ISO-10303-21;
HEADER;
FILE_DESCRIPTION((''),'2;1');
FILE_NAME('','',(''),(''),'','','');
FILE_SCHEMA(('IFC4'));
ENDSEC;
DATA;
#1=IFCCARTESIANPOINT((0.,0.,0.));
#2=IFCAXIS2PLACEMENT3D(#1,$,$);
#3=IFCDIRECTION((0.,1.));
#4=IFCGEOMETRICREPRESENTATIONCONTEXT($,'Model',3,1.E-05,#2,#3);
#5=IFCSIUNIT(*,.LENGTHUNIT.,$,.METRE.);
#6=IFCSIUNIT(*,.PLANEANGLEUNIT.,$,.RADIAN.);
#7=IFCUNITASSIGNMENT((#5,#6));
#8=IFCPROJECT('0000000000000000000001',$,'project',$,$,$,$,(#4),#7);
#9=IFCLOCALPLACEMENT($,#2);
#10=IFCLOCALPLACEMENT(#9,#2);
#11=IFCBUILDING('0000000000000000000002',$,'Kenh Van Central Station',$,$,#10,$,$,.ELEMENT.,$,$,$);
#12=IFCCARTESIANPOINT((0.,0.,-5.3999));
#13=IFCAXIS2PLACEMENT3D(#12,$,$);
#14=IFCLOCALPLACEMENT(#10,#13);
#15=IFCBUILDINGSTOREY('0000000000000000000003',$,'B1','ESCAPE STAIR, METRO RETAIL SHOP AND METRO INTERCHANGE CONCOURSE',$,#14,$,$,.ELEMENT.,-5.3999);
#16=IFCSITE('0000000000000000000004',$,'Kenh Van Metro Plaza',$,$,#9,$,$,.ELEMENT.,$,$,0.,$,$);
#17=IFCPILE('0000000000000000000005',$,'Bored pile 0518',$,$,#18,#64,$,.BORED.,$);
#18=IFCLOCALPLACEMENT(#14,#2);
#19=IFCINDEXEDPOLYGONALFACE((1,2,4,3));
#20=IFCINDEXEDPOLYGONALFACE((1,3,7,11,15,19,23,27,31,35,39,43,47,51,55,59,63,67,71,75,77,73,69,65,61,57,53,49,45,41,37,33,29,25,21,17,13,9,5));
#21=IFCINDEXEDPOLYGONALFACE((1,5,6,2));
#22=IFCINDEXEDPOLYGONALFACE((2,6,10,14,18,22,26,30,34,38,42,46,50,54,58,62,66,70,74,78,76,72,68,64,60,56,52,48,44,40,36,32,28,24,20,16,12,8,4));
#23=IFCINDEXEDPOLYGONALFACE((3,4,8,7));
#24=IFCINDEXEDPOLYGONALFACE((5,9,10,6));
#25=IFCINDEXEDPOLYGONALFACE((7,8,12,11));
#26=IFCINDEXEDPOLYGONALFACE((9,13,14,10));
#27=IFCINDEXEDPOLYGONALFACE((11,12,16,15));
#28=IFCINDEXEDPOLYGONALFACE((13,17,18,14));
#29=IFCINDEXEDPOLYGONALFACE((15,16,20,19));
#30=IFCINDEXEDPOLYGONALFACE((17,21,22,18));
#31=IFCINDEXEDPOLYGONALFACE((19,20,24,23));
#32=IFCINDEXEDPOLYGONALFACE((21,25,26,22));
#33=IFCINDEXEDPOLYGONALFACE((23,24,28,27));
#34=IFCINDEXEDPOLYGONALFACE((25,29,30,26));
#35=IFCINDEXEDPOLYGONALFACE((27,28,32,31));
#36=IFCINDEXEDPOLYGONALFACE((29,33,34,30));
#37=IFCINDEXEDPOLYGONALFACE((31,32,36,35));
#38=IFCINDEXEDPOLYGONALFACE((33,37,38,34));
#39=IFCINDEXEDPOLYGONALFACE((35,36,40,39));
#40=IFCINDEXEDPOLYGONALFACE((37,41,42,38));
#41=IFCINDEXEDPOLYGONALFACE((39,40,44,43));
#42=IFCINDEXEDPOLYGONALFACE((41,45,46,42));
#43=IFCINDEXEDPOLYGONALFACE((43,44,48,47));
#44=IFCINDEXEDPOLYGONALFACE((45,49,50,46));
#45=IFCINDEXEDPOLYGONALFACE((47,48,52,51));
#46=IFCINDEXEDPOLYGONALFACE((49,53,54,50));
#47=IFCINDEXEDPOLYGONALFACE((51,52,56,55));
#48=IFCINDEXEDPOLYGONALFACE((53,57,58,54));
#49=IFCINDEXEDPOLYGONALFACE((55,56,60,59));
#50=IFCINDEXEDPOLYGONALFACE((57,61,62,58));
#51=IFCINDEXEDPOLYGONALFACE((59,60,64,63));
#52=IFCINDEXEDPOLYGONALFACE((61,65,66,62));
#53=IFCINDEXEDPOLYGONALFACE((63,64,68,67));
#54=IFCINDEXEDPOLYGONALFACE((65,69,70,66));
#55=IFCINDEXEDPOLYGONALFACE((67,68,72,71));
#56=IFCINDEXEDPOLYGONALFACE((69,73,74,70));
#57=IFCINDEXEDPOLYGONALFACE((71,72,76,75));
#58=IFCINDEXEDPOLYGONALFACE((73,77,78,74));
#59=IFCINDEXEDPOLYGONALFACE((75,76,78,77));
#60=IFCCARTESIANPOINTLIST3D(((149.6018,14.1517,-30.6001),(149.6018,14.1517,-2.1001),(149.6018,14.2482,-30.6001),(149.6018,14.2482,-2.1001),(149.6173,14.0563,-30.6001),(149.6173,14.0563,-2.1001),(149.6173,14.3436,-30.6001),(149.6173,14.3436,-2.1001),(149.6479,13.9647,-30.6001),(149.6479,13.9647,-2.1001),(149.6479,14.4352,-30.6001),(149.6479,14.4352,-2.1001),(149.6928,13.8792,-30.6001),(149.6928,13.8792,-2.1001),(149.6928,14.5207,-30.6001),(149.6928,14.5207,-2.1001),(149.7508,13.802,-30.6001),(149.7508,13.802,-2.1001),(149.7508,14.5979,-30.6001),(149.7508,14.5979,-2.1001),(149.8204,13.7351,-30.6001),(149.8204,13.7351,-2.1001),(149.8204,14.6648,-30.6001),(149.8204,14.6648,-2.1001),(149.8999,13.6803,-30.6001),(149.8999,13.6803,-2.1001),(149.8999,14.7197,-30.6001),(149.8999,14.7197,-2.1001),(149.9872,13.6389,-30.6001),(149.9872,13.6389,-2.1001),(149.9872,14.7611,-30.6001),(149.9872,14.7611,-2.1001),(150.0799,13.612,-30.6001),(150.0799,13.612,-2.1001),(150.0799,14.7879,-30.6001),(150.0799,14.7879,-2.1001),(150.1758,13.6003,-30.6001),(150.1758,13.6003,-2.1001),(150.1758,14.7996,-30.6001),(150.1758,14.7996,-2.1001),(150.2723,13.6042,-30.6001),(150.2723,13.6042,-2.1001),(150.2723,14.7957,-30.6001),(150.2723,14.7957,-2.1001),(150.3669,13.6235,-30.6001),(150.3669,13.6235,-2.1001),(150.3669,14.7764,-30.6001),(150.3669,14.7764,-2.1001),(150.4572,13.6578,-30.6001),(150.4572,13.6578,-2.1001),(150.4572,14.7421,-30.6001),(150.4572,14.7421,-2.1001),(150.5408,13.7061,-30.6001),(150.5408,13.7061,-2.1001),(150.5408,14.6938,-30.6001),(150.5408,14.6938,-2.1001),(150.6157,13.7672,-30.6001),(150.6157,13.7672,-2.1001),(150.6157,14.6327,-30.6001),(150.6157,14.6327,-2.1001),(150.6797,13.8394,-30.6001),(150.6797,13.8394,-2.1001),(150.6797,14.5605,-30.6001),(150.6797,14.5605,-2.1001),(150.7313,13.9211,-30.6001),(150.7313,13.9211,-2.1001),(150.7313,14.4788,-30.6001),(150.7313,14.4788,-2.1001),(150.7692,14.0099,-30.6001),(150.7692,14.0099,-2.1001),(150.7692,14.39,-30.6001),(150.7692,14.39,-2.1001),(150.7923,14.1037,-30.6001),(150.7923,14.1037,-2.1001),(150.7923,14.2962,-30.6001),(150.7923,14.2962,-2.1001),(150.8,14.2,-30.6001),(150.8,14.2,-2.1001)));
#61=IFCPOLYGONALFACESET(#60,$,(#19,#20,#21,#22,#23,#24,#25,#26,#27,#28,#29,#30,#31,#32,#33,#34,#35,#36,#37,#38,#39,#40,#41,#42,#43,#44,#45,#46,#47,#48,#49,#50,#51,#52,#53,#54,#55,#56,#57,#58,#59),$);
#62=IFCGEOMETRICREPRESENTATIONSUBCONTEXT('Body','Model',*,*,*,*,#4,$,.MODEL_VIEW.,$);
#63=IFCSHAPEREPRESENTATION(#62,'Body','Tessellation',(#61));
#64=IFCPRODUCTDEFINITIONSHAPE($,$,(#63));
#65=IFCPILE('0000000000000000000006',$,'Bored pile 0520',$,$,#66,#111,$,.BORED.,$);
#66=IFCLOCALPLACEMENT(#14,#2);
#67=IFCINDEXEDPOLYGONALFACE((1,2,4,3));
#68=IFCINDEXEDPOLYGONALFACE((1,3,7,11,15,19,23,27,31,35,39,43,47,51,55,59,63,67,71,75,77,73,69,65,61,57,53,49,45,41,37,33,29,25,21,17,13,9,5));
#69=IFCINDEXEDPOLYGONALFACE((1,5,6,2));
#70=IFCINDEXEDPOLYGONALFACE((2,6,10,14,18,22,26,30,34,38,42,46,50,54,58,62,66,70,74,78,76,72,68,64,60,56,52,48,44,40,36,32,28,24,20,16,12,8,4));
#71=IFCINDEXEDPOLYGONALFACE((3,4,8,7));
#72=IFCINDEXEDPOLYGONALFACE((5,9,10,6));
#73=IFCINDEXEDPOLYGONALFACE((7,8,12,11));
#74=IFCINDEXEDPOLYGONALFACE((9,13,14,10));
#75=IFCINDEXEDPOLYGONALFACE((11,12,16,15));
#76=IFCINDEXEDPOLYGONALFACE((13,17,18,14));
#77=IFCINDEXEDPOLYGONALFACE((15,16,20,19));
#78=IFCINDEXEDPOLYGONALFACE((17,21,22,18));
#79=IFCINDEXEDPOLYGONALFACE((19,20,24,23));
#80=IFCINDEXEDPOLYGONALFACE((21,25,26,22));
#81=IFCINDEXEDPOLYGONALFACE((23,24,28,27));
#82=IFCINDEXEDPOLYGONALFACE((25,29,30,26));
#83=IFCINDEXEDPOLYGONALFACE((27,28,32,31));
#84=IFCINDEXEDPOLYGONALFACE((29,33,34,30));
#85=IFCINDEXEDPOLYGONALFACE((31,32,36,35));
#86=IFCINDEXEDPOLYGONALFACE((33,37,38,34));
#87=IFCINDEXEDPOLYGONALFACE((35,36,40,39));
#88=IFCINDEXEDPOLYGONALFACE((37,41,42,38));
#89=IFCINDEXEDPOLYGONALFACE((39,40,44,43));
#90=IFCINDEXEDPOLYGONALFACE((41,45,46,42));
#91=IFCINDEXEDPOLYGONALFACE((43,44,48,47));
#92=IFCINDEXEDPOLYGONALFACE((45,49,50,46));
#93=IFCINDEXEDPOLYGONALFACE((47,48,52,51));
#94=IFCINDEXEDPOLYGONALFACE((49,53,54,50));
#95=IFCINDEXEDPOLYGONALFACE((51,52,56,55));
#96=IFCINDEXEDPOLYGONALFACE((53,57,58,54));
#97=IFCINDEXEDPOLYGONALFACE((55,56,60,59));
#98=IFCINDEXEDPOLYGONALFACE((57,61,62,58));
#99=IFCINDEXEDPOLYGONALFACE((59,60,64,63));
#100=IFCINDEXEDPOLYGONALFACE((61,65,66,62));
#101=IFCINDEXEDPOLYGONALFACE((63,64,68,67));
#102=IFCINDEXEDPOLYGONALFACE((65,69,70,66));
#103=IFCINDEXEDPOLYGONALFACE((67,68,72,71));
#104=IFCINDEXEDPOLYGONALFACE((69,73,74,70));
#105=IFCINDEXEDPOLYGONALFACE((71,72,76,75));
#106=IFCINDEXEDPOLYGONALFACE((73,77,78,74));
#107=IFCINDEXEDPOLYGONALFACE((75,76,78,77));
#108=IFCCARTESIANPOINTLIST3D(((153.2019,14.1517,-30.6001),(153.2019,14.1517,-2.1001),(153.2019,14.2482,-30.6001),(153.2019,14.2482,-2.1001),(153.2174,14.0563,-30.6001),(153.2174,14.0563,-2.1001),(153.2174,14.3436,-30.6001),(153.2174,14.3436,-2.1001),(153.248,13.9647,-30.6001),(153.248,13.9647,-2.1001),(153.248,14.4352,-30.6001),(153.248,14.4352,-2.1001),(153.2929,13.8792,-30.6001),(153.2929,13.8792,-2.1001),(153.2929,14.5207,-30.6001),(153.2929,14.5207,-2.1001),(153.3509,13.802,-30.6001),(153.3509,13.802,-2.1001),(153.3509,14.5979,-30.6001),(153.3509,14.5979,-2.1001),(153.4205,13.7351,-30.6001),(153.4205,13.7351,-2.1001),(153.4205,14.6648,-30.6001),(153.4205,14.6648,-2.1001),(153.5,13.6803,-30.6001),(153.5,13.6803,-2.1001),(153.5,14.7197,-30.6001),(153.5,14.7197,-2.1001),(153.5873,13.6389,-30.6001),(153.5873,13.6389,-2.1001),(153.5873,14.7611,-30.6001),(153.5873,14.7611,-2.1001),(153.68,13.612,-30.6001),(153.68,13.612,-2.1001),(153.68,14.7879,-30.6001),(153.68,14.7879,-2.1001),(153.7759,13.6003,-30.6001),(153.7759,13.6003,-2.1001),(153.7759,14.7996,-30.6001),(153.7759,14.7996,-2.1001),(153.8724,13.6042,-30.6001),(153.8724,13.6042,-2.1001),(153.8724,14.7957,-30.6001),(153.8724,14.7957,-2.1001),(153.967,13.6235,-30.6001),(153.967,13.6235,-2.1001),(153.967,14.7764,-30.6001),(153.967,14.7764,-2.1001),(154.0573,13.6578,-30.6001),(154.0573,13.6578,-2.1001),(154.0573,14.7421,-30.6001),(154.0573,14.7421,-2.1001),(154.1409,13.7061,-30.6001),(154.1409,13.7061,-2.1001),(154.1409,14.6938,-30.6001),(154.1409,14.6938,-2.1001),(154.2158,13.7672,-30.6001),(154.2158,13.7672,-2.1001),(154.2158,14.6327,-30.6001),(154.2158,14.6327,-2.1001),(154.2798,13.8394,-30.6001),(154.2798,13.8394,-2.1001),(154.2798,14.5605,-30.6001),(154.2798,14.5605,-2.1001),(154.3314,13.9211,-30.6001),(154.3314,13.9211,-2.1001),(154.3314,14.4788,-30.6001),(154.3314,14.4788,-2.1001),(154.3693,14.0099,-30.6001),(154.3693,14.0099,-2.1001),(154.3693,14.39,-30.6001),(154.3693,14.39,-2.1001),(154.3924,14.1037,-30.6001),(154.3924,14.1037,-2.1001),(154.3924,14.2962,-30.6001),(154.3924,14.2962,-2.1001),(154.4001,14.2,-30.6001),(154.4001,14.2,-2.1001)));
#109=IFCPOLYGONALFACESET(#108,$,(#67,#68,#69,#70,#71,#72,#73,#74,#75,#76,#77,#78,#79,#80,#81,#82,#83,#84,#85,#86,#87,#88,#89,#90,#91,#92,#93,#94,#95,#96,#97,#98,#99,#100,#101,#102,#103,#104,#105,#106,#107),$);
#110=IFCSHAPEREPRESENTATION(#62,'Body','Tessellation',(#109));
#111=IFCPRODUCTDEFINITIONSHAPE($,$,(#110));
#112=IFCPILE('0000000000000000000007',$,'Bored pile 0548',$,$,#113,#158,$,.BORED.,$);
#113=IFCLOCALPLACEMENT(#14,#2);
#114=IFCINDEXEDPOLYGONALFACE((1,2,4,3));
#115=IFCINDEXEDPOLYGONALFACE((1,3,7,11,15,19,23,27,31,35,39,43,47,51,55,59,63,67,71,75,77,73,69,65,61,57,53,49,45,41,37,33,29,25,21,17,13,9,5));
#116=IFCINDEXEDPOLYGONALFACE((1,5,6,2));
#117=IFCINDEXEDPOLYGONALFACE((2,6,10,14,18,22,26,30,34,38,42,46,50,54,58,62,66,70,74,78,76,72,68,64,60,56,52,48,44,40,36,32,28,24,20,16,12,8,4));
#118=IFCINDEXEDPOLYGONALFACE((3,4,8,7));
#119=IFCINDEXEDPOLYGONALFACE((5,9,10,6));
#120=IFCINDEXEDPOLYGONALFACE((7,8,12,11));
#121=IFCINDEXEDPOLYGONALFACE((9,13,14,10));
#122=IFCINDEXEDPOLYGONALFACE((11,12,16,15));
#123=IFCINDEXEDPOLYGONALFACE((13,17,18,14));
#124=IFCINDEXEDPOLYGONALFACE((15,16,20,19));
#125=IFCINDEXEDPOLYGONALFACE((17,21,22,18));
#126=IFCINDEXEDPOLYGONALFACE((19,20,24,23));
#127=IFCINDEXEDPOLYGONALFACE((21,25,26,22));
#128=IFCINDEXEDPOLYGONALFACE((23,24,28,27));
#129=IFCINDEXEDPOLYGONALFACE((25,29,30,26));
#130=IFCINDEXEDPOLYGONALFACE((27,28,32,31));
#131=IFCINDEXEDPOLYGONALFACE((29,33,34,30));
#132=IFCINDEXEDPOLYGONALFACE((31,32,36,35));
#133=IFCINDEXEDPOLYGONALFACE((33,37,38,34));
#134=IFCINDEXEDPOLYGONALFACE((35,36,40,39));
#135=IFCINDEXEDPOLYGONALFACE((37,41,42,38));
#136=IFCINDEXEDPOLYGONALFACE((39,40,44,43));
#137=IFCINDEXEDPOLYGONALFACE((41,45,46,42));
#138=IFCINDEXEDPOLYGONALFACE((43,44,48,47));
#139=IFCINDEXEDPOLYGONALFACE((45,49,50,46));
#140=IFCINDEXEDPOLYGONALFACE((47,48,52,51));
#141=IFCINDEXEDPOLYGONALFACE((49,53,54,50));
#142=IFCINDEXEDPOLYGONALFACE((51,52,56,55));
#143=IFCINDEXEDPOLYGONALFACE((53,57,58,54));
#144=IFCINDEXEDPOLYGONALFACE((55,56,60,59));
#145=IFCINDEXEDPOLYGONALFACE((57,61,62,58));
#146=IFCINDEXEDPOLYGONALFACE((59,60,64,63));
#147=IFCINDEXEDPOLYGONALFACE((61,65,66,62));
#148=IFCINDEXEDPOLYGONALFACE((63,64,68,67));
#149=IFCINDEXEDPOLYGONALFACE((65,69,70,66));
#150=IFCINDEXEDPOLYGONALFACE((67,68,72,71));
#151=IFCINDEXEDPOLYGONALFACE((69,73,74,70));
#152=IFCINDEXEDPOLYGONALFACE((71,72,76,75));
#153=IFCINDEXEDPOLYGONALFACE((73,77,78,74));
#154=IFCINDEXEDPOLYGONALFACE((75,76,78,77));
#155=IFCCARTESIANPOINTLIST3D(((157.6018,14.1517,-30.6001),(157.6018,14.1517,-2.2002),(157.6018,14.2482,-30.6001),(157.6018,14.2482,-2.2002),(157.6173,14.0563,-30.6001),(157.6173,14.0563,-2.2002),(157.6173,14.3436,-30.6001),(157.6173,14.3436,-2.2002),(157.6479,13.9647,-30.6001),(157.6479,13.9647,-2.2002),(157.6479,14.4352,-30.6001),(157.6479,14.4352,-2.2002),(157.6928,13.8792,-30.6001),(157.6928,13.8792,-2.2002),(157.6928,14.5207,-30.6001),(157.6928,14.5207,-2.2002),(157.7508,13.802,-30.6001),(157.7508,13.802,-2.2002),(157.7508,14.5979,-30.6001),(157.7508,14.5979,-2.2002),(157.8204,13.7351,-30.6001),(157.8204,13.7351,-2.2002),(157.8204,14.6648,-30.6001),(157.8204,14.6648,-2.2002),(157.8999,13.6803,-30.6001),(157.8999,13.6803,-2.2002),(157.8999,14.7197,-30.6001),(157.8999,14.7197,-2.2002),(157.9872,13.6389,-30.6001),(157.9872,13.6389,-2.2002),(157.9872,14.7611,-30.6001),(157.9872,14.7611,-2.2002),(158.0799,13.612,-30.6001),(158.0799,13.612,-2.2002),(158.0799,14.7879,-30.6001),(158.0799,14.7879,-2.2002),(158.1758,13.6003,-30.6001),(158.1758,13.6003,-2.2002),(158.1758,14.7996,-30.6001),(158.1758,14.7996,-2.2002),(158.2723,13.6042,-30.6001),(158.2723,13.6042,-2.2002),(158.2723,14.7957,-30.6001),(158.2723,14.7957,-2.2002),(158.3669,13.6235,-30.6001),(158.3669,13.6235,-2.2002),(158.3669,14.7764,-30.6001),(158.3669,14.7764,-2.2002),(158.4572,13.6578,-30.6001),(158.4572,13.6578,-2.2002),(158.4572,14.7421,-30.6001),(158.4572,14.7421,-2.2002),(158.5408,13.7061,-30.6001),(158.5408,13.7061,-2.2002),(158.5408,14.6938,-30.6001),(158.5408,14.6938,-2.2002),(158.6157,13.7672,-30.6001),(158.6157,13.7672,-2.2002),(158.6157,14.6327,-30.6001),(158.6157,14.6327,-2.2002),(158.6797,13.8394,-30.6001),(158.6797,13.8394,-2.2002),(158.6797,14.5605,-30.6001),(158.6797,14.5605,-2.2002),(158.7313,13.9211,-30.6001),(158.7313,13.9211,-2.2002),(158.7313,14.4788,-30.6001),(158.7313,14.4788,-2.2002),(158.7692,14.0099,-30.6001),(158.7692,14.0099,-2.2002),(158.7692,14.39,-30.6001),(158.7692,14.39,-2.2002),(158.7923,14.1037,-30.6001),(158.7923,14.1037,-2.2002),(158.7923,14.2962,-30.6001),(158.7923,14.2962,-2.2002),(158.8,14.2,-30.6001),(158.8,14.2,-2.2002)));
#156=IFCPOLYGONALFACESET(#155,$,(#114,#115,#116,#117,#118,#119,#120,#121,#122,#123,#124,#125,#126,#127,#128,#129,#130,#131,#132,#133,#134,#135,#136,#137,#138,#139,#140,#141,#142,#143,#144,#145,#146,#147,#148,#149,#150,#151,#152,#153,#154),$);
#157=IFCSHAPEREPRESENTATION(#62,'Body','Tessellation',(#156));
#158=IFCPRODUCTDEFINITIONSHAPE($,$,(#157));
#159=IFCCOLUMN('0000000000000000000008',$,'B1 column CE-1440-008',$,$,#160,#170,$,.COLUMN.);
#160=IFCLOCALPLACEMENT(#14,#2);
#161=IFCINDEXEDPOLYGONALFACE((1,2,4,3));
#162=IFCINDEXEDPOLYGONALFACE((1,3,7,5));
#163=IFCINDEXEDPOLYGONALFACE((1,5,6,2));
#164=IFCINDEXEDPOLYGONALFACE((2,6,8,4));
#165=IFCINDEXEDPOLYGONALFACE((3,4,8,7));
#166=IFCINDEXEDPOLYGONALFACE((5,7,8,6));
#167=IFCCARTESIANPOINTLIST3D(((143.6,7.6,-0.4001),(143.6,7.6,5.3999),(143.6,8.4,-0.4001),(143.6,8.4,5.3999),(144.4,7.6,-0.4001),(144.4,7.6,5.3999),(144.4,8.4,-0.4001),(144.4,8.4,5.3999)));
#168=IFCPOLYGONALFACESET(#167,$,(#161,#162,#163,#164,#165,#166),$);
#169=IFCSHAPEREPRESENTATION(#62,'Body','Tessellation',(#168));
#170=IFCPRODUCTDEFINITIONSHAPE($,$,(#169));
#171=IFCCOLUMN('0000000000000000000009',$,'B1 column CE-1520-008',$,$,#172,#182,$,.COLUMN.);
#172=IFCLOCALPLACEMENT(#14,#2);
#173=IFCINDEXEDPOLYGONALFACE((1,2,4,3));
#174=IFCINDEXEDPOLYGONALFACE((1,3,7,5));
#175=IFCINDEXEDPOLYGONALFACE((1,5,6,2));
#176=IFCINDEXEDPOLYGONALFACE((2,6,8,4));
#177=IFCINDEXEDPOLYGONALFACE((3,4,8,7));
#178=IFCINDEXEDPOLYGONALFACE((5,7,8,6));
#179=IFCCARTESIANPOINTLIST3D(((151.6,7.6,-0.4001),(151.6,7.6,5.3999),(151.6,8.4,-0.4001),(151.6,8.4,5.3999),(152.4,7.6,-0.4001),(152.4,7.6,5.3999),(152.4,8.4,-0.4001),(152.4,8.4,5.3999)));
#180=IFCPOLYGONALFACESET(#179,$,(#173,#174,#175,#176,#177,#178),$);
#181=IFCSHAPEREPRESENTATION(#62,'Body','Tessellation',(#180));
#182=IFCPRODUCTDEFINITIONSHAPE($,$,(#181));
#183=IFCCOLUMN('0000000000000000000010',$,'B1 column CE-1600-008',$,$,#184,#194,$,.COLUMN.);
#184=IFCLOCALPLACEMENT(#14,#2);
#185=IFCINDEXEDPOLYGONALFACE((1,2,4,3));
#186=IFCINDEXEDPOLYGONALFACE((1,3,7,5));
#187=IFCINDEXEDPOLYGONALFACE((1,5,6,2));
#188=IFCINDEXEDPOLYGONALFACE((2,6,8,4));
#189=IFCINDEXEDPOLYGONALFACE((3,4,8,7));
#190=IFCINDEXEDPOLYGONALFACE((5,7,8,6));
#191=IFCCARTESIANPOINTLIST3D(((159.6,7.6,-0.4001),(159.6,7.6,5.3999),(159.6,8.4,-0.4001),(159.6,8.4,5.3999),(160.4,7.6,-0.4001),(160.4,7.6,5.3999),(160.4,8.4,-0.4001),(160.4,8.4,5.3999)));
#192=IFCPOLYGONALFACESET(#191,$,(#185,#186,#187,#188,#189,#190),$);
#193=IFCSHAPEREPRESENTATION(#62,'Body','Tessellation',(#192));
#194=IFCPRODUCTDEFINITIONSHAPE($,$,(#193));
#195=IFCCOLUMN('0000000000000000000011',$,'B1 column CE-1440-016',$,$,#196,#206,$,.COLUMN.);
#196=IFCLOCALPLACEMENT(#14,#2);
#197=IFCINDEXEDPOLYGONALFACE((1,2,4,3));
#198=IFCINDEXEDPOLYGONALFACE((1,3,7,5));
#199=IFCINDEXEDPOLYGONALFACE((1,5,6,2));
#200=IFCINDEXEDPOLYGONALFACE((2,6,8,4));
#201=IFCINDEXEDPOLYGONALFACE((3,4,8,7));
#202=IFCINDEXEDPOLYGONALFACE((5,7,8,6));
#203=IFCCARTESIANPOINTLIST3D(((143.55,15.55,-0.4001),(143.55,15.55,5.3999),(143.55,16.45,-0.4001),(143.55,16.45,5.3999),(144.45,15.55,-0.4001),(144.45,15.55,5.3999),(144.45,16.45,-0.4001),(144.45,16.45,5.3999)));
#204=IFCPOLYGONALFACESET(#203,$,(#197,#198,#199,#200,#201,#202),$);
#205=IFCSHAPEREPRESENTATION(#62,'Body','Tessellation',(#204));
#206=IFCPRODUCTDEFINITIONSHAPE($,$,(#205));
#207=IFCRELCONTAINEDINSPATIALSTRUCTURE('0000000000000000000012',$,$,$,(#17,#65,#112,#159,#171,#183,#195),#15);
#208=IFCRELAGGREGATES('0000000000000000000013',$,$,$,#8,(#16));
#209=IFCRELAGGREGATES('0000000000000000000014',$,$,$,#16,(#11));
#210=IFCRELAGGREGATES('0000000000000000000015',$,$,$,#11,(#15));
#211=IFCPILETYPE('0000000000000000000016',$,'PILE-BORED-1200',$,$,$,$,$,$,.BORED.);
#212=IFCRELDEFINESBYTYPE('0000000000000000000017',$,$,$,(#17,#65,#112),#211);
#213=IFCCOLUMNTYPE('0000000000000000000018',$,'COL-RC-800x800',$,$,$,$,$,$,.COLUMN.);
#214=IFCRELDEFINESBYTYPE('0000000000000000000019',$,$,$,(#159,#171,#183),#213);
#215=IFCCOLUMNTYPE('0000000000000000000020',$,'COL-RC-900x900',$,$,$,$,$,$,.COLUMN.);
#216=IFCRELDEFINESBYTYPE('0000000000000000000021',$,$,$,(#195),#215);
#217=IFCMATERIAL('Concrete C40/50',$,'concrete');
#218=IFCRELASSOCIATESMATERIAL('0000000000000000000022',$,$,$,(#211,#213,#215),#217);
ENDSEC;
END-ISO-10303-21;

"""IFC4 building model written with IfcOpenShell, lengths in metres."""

from ifc_helpers import new_model, si_unit, direction, frame, origin, origin_2d, place, context, subcontext, project, spatial, rectangle, circle, extrude, material, material_profile, profile_set, type_object, element, save


model = new_model("IFC4")

# Units and contexts
model_context = context("Model", 3, precision=1e-05, world=origin(), true_north=direction((0.0, 1.0)))
body_context = subcontext(model_context, "Body", "Model", "MODEL_VIEW")
ifc_project = project(units=[si_unit("LENGTHUNIT", "METRE"), si_unit("PLANEANGLEUNIT", "RADIAN")], contexts=[model_context])

# Site, building, storey
site_placement = place(None, origin())
site = spatial("IfcSite", under=ifc_project, at=site_placement, Name="Kenh Van Metro Plaza", CompositionType="ELEMENT", RefElevation=0.0)
building_placement = place(site_placement, origin())
building = spatial("IfcBuilding", under=site, at=building_placement, Name="Kenh Van Central Station", CompositionType="ELEMENT")
storey_placement = place(building_placement, frame((0.0, 0.0, -5.3999)))
storey = spatial("IfcBuildingStorey", under=building, at=storey_placement, Name="B1", Description="ESCAPE STAIR, METRO RETAIL SHOP AND METRO INTERCHANGE CONCOURSE", CompositionType="ELEMENT", Elevation=-5.3999)

# Shared definitions
ifc_material_1 = material(Name="Concrete C40/50", Category="concrete")

# Piles
ifc_material_profile_1 = material_profile(ifc_material_1, circle(Radius=0.6001, at=origin_2d()), Name="PILE D1200")
ifc_profile_set_1 = profile_set([ifc_material_profile_1], Name="Concrete C40/50")
pile_type_1 = type_object("IfcPileType", Name="PILE-BORED-1200", PredefinedType="BORED", material=ifc_profile_set_1)
for number, where, z_axis, x_axis, name in (
    (1, (150.2, 14.2, -2.1001), (0.0, 0.0, -1.0), (1.0, 0.0, 0.0), "Bored pile 0518"),
    (2, (153.8, 14.2, -2.1001), (0.0, 0.0, -1.0), (1.0, 0.0, 0.0), "Bored pile 0520"),
):
    element("IfcPile", number, at=place(storey_placement, frame(where, z_axis=z_axis, x_axis=x_axis)), inside=storey, type_object=pile_type_1, Name=name, PredefinedType="BORED", context=body_context, shape_type="SweptSolid", body=[
        extrude(circle(Radius=0.6001, at=origin_2d()), origin(), (0.0, 0.0, 1.0), 28.5),
    ])
pile_placement = place(storey_placement, frame((158.2, 14.2, -2.2002), z_axis=(0.0, 0.0, -1.0), x_axis=(1.0, 0.0, 0.0)))
element("IfcPile", 3, at=pile_placement, inside=storey, type_object=pile_type_1, Name="Bored pile 0548", PredefinedType="BORED", context=body_context, shape_type="SweptSolid", body=[
    extrude(circle(Radius=0.6001, at=origin_2d()), origin(), (0.0, 0.0, 1.0), 28.3999),
])

# Columns
ifc_material_profile_2 = material_profile(ifc_material_1, rectangle(XDim=0.8, YDim=0.8, at=origin_2d()), Name="RC 800x800")
ifc_profile_set_2 = profile_set([ifc_material_profile_2], Name="Concrete C40/50")
column_type_1 = type_object("IfcColumnType", Name="COL-RC-800x800", PredefinedType="COLUMN", material=ifc_profile_set_2)
for number, where, z_axis, x_axis, name in (
    (4, (144.0, 8.0, -0.4001), (0.0, 0.0, 1.0), (1.0, 0.0, 0.0), "B1 column CE-1440-008"),
    (5, (152.0, 8.0, -0.4001), (0.0, 0.0, 1.0), (1.0, 0.0, 0.0), "B1 column CE-1520-008"),
    (6, (160.0, 8.0, -0.4001), (0.0, 0.0, 1.0), (1.0, 0.0, 0.0), "B1 column CE-1600-008"),
):
    element("IfcColumn", number, at=place(storey_placement, frame(where, z_axis=z_axis, x_axis=x_axis)), inside=storey, type_object=column_type_1, Name=name, PredefinedType="COLUMN", context=body_context, shape_type="SweptSolid", body=[
        extrude(rectangle(XDim=0.8, YDim=0.8, at=origin_2d()), origin(), (0.0, 0.0, 1.0), 5.8),
    ])
ifc_material_profile_3 = material_profile(ifc_material_1, rectangle(XDim=0.8999, YDim=0.8999, at=origin_2d()), Name="RC 900x900")
ifc_profile_set_3 = profile_set([ifc_material_profile_3], Name="Concrete C40/50")
column_type_2 = type_object("IfcColumnType", Name="COL-RC-900x900", PredefinedType="COLUMN", material=ifc_profile_set_3)
for number, where, z_axis, x_axis, name in (
    (7, (144.0, 16.0, -0.4001), (0.0, 0.0, 1.0), (1.0, 0.0, 0.0), "B1 column CE-1440-016"),
):
    element("IfcColumn", number, at=place(storey_placement, frame(where, z_axis=z_axis, x_axis=x_axis)), inside=storey, type_object=column_type_2, Name=name, PredefinedType="COLUMN", context=body_context, shape_type="SweptSolid", body=[
        extrude(rectangle(XDim=0.8999, YDim=0.8999, at=origin_2d()), origin(), (0.0, 0.0, 1.0), 5.8),
    ])

save(model, "model.ifc")
